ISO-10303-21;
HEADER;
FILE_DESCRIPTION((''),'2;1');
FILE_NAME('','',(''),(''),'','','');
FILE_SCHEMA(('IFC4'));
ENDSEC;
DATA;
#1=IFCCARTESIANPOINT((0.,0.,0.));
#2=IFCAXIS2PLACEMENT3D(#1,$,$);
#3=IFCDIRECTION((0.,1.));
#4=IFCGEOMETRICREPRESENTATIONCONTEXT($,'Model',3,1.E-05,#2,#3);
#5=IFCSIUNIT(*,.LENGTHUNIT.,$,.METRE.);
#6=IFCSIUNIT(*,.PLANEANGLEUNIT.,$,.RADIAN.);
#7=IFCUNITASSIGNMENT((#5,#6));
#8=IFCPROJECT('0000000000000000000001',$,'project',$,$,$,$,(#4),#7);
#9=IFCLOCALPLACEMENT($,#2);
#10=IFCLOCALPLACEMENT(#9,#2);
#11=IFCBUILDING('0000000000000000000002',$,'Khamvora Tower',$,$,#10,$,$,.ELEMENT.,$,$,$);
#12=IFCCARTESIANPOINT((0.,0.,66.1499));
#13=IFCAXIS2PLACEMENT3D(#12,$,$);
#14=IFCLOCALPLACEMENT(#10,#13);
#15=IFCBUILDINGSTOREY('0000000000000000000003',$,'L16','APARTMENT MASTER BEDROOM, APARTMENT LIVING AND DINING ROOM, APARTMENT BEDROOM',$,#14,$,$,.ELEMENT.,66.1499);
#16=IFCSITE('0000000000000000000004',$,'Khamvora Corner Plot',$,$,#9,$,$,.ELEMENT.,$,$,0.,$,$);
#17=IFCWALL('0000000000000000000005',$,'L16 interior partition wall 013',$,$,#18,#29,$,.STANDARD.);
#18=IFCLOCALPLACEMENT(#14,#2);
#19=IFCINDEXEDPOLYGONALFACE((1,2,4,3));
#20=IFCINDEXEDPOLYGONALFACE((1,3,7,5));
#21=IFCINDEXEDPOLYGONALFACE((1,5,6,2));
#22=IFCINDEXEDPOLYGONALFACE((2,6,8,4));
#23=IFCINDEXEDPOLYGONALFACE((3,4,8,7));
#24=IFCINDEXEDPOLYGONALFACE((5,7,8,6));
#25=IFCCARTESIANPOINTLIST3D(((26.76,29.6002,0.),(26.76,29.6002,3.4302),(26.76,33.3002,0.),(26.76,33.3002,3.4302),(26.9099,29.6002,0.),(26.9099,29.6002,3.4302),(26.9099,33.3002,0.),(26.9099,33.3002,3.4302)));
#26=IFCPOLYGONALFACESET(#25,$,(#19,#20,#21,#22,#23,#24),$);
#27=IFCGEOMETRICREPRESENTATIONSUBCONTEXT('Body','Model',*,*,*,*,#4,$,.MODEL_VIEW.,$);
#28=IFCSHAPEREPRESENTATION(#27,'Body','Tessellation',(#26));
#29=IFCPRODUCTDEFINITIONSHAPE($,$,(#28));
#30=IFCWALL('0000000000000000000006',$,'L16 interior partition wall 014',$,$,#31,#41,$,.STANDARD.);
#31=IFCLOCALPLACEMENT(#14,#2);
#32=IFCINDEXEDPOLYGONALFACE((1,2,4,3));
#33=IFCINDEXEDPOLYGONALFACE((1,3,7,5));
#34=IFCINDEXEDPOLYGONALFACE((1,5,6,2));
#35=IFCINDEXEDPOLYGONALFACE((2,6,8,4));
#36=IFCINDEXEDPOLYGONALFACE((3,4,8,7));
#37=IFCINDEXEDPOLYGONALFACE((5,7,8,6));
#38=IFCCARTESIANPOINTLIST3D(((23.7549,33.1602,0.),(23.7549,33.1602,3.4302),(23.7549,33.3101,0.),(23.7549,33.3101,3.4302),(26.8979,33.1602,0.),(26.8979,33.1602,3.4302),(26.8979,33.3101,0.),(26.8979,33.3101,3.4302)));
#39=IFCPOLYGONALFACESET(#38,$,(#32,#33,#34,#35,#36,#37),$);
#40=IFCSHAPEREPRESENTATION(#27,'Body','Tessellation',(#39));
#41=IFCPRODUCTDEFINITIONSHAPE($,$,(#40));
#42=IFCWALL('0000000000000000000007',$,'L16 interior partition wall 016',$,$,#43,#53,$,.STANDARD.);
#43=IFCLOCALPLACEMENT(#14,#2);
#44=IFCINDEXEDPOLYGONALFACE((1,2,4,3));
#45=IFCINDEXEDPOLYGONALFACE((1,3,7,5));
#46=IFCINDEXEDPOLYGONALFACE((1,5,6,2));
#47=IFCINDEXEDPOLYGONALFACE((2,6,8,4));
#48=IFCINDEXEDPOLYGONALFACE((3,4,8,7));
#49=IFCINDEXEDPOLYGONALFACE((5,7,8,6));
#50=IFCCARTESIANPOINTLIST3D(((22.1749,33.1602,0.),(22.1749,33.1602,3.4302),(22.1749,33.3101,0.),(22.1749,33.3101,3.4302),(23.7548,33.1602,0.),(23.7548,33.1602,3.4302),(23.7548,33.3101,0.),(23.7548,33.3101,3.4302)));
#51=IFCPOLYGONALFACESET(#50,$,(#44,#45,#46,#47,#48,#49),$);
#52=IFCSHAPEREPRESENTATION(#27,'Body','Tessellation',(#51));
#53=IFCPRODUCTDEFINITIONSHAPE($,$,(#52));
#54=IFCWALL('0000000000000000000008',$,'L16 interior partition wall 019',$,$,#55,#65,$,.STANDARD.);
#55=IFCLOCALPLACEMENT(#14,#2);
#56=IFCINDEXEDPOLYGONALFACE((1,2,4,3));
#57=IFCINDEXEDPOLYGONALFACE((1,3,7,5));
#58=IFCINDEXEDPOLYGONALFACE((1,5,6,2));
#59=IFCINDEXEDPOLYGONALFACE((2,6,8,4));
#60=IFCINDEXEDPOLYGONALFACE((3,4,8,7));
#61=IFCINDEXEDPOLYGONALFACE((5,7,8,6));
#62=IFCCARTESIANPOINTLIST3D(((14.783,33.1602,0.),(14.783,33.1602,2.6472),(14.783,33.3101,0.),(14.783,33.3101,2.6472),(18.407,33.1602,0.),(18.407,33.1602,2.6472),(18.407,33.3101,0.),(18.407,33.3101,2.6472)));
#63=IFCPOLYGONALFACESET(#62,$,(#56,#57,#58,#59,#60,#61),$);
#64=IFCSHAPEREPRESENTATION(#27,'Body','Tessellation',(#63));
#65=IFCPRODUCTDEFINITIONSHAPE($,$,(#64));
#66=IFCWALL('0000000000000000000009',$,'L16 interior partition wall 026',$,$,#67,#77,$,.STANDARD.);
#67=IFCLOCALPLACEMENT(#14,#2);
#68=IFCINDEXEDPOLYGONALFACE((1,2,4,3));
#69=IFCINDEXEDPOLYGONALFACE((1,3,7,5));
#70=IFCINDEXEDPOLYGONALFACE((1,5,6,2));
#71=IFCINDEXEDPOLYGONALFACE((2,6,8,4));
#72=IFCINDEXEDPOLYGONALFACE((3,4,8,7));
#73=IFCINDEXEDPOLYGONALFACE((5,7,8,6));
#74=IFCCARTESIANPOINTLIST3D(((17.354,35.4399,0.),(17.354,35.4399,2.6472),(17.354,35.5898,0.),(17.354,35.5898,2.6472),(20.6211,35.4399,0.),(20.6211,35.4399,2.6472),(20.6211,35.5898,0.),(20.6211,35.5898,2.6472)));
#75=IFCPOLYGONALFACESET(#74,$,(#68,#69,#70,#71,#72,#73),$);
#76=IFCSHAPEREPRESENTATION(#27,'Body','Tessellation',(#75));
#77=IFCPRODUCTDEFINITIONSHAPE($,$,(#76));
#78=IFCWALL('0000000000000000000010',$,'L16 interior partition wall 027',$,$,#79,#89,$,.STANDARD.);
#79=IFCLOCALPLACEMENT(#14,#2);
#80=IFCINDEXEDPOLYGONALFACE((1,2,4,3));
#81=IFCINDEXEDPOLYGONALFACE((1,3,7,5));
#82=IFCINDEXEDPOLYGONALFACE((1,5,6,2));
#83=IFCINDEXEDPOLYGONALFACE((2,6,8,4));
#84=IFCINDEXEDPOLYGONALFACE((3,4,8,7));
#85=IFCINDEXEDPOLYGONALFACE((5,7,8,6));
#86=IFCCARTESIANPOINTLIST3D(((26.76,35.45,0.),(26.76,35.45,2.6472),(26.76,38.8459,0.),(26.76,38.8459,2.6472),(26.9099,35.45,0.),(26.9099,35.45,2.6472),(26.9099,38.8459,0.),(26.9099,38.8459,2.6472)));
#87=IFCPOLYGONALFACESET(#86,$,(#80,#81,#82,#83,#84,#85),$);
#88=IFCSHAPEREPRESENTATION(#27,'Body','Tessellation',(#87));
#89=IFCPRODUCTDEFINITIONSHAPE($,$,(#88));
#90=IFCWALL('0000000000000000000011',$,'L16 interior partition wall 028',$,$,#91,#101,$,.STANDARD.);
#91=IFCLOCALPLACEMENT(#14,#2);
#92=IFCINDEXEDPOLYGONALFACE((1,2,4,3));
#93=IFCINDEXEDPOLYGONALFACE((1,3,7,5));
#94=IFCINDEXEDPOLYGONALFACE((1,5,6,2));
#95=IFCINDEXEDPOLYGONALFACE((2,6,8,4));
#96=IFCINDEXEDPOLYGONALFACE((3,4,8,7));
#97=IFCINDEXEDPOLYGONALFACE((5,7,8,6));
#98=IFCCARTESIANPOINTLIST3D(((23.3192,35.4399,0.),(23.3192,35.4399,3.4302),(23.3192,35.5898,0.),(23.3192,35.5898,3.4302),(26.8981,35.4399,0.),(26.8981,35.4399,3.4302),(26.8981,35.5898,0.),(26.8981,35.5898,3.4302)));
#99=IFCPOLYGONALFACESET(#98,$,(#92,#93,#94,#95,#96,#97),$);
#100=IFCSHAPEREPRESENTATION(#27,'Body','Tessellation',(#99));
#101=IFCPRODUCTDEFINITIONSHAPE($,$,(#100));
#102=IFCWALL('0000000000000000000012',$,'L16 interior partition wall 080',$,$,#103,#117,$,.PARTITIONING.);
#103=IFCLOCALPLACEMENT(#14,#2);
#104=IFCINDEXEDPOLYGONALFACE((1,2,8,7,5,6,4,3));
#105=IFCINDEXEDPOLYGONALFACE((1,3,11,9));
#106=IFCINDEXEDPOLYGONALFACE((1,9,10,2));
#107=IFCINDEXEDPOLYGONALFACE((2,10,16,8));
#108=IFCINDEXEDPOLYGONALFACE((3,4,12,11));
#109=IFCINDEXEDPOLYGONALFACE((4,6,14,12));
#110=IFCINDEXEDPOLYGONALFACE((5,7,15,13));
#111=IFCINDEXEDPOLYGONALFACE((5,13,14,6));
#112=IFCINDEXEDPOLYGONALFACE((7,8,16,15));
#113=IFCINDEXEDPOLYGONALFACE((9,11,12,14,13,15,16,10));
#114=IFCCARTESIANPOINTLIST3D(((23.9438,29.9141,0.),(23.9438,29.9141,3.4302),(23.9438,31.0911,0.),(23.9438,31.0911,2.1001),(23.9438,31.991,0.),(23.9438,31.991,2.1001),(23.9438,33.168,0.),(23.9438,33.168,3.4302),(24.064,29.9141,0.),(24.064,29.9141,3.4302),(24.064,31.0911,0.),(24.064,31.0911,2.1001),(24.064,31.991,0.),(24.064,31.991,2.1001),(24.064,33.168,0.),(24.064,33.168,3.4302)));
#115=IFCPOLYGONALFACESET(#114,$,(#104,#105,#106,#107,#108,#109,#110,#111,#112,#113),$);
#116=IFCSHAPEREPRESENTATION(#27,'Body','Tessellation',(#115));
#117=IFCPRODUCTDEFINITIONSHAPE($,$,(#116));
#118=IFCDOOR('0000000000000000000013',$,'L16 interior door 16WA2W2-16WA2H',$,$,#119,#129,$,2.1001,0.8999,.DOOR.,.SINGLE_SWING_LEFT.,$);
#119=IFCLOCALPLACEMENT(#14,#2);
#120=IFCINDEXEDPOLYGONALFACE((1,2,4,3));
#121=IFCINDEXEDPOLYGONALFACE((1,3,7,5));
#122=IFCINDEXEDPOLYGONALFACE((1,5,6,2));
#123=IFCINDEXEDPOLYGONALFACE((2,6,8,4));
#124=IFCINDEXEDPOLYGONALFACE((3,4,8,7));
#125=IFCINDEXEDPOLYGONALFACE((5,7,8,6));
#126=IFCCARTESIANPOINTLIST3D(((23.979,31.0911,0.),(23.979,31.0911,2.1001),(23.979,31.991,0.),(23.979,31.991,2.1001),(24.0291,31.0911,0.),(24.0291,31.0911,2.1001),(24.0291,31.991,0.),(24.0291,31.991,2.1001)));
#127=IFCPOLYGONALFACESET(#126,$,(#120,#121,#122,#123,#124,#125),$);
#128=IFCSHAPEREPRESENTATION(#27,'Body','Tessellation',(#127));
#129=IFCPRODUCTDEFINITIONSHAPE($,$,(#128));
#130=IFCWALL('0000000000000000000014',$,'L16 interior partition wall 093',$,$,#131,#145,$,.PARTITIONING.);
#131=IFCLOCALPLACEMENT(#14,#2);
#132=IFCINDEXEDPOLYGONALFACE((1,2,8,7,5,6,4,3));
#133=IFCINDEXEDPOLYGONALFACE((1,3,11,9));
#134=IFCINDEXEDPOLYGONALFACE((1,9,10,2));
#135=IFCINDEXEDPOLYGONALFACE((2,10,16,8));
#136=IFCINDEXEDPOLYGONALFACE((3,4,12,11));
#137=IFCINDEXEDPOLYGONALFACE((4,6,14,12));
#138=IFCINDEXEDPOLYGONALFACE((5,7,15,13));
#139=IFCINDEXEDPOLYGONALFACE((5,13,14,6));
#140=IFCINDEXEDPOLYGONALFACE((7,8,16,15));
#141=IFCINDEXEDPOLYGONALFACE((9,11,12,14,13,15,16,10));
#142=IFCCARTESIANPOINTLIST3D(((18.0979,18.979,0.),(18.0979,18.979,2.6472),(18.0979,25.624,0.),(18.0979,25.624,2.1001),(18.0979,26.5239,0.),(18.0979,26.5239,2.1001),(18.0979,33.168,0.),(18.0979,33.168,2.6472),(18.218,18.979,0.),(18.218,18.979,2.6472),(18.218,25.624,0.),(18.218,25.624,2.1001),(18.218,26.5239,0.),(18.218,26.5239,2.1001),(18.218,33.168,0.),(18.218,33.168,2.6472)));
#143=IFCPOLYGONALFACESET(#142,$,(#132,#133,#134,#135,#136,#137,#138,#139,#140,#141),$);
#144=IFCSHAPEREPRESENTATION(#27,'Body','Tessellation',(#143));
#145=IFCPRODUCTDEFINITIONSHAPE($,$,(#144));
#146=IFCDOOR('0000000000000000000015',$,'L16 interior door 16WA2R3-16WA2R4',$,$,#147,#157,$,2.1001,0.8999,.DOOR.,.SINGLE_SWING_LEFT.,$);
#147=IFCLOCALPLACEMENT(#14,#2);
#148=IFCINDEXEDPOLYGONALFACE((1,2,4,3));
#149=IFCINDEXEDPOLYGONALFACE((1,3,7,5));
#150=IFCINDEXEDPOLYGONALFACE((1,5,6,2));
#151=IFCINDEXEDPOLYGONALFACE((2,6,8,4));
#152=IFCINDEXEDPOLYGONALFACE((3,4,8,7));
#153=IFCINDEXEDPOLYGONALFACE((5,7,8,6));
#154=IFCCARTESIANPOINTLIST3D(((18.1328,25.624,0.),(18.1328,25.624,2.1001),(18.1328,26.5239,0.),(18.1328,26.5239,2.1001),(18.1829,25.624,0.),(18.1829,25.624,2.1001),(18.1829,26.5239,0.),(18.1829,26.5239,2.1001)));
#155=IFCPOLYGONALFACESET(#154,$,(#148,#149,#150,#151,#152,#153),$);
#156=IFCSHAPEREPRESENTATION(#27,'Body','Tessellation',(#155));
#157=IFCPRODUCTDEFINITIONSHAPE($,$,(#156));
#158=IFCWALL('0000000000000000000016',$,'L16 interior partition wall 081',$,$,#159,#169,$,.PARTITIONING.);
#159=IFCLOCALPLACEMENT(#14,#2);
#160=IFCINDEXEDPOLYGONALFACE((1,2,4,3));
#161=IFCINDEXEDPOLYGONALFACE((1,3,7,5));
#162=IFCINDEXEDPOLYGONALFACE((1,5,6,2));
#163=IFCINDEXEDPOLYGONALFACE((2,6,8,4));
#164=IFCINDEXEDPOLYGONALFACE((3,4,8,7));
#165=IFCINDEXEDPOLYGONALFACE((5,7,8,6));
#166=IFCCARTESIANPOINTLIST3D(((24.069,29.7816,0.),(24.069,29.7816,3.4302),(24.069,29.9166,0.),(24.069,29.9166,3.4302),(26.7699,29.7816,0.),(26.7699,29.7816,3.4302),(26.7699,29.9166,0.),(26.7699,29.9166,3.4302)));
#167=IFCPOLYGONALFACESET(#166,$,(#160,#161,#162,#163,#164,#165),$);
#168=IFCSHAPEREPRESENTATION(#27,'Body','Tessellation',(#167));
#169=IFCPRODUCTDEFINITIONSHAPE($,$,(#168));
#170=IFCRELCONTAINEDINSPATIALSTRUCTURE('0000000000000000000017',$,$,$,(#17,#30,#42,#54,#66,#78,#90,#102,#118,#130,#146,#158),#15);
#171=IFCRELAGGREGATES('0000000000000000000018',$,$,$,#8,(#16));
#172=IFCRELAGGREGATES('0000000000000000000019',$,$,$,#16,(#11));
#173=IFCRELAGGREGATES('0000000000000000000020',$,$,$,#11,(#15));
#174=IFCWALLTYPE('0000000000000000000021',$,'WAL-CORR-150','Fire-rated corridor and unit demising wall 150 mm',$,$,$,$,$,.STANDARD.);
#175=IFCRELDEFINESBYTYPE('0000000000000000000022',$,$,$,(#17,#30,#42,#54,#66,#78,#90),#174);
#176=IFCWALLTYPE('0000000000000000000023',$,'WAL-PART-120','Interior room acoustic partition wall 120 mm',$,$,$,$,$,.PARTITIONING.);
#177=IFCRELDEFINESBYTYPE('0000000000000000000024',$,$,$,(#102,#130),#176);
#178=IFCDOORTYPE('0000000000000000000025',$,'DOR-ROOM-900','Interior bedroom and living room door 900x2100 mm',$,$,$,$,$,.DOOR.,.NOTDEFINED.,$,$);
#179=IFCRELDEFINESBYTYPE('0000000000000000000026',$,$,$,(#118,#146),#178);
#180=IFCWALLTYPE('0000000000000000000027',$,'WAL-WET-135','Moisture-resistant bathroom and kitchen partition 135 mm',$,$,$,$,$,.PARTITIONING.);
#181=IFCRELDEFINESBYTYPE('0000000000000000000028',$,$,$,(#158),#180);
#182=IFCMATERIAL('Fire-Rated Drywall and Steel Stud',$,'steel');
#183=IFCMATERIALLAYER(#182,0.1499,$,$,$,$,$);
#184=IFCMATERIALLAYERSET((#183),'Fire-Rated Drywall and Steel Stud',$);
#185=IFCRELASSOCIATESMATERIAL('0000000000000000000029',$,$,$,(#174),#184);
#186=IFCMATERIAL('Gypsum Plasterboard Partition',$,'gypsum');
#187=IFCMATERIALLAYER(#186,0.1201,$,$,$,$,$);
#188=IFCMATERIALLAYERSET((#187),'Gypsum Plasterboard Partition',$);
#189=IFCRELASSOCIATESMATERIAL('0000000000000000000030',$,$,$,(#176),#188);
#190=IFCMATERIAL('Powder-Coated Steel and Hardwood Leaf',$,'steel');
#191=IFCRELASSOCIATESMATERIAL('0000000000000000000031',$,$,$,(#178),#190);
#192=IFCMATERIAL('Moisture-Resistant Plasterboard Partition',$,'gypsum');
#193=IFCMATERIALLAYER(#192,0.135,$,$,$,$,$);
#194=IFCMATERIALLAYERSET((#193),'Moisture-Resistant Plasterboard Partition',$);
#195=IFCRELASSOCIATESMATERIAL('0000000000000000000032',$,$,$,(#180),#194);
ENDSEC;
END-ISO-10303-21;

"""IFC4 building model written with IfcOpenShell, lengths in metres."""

from ifc_helpers import new_model, si_unit, direction, frame, frame_2d, origin, place, context, subcontext, project, spatial, rectangle, extrude, material, layer, layer_set, type_object, element, fill, save


model = new_model("IFC4")

# Units and contexts
model_context = context("Model", 3, precision=1e-05, world=origin(), true_north=direction((0.0, 1.0)))
body_context = subcontext(model_context, "Body", "Model", "MODEL_VIEW")
ifc_project = project(units=[si_unit("LENGTHUNIT", "METRE"), si_unit("PLANEANGLEUNIT", "RADIAN")], contexts=[model_context])

# Site, building, storey
site_placement = place(None, origin())
site = spatial("IfcSite", under=ifc_project, at=site_placement, Name="Khamvora Corner Plot", CompositionType="ELEMENT", RefElevation=0.0)
building_placement = place(site_placement, origin())
building = spatial("IfcBuilding", under=site, at=building_placement, Name="Khamvora Tower", CompositionType="ELEMENT")
storey_placement = place(building_placement, frame((0.0, 0.0, 66.1499)))
storey = spatial("IfcBuildingStorey", under=building, at=storey_placement, Name="L16", Description="APARTMENT MASTER BEDROOM, APARTMENT LIVING AND DINING ROOM, APARTMENT BEDROOM", CompositionType="ELEMENT", Elevation=66.1499)

# Walls
ifc_material_1 = material(Name="Fire-Rated Drywall and Steel Stud", Category="steel")
ifc_layer_1 = layer(ifc_material_1, 0.1499)
ifc_layer_set_1 = layer_set([ifc_layer_1], Name="Fire-Rated Drywall and Steel Stud")
wall_type_1 = type_object("IfcWallType", Name="WAL-CORR-150", Description="Fire-rated corridor and unit demising wall 150 mm", PredefinedType="STANDARD", material=ifc_layer_set_1)
wall_1_placement = place(storey_placement, frame((26.835, 29.6001, 0.0), z_axis=(0.0, 0.0, 1.0), x_axis=(0.0, 1.0, 0.0)))
element("IfcWall", 1, at=wall_1_placement, inside=storey, type_object=wall_type_1, Name="L16 interior partition wall 013", PredefinedType="STANDARD", context=body_context, shape_type="SweptSolid", body=[
    extrude(rectangle(XDim=3.7, YDim=0.1499, at=frame_2d((1.8501, 0.0))), origin(), (0.0, 0.0, 1.0), 3.4302),
])
wall_2_placement = place(storey_placement, frame((26.8979, 33.2351, 0.0), z_axis=(0.0, 0.0, 1.0), x_axis=(-1.0, 0.0, 0.0)))
element("IfcWall", 2, at=wall_2_placement, inside=storey, type_object=wall_type_1, Name="L16 interior partition wall 014", PredefinedType="STANDARD", context=body_context, shape_type="SweptSolid", body=[
    extrude(rectangle(XDim=3.1431, YDim=0.1499, at=frame_2d((1.5715, 0.0))), origin(), (0.0, 0.0, 1.0), 3.4302),
])
wall_3_placement = place(storey_placement, frame((23.7549, 33.2351, 0.0), z_axis=(0.0, 0.0, 1.0), x_axis=(-1.0, 0.0, 0.0)))
element("IfcWall", 3, at=wall_3_placement, inside=storey, type_object=wall_type_1, Name="L16 interior partition wall 016", PredefinedType="STANDARD", context=body_context, shape_type="SweptSolid", body=[
    extrude(rectangle(XDim=1.5798, YDim=0.1499, at=frame_2d((0.79, 0.0))), origin(), (0.0, 0.0, 1.0), 3.4302),
])
wall_4_placement = place(storey_placement, frame((18.407, 33.2351, 0.0), z_axis=(0.0, 0.0, 1.0), x_axis=(-1.0, 0.0, 0.0)))
element("IfcWall", 4, at=wall_4_placement, inside=storey, type_object=wall_type_1, Name="L16 interior partition wall 019", PredefinedType="STANDARD", context=body_context, shape_type="SweptSolid", body=[
    extrude(rectangle(XDim=3.624, YDim=0.1499, at=frame_2d((1.812, 0.0))), origin(), (0.0, 0.0, 1.0), 2.6472),
])

# Shared definitions
ifc_material_2 = material(Name="Powder-Coated Steel and Hardwood Leaf", Category="steel")

# Walls
wall_5_placement = place(storey_placement, frame((17.354, 35.5149, 0.0), z_axis=(0.0, 0.0, 1.0), x_axis=(1.0, 0.0, 0.0)))
element("IfcWall", 5, at=wall_5_placement, inside=storey, type_object=wall_type_1, Name="L16 interior partition wall 026", PredefinedType="STANDARD", context=body_context, shape_type="SweptSolid", body=[
    extrude(rectangle(XDim=3.2671, YDim=0.1499, at=frame_2d((1.6335, 0.0))), origin(), (0.0, 0.0, 1.0), 2.6472),
])
wall_6_placement = place(storey_placement, frame((26.835, 35.45, 0.0), z_axis=(0.0, 0.0, 1.0), x_axis=(0.0, 1.0, 0.0)))
element("IfcWall", 6, at=wall_6_placement, inside=storey, type_object=wall_type_1, Name="L16 interior partition wall 027", PredefinedType="STANDARD", context=body_context, shape_type="SweptSolid", body=[
    extrude(rectangle(XDim=3.396, YDim=0.1499, at=frame_2d((1.698, 0.0))), origin(), (0.0, 0.0, 1.0), 2.6472),
])
wall_7_placement = place(storey_placement, frame((23.3191, 35.5149, 0.0), z_axis=(0.0, 0.0, 1.0), x_axis=(1.0, 0.0, 0.0)))
element("IfcWall", 7, at=wall_7_placement, inside=storey, type_object=wall_type_1, Name="L16 interior partition wall 028", PredefinedType="STANDARD", context=body_context, shape_type="SweptSolid", body=[
    extrude(rectangle(XDim=3.5789, YDim=0.1499, at=frame_2d((1.7896, 0.0))), origin(), (0.0, 0.0, 1.0), 3.4302),
])

# Walls, openings, doors
ifc_material_3 = material(Name="Gypsum Plasterboard Partition", Category="gypsum")
ifc_layer_2 = layer(ifc_material_3, 0.1201)
ifc_layer_set_2 = layer_set([ifc_layer_2], Name="Gypsum Plasterboard Partition")
wall_type_2 = type_object("IfcWallType", Name="WAL-PART-120", Description="Interior room acoustic partition wall 120 mm", PredefinedType="PARTITIONING", material=ifc_layer_set_2)
wall_8_placement = place(storey_placement, frame((24.0039, 29.9141, 0.0), z_axis=(0.0, 0.0, 1.0), x_axis=(0.0, 1.0, 0.0)))
wall_8 = element("IfcWall", 8, at=wall_8_placement, inside=storey, type_object=wall_type_2, Name="L16 interior partition wall 080", PredefinedType="PARTITIONING", context=body_context, shape_type="SweptSolid", body=[
    extrude(rectangle(XDim=3.2539, YDim=0.1201, at=frame_2d((1.627, 0.0))), origin(), (0.0, 0.0, 1.0), 3.4302),
])
opening_1_placement = place(wall_8_placement, frame((1.177, 0.0, 0.0)))
opening_1 = element("IfcOpeningElement", 9, at=opening_1_placement, cuts=wall_8, PredefinedType="OPENING", context=body_context, shape_type="SweptSolid", body=[
    extrude(rectangle(XDim=0.8999, YDim=2.1001, at=frame_2d((0.45, 1.05))), frame((0.0, 0.0701, 0.0), z_axis=(0.0, -1.0, 0.0), x_axis=(1.0, 0.0, 0.0)), (0.0, 0.0, 1.0), 0.1401),
])
door_type_1 = type_object("IfcDoorType", Name="DOR-ROOM-900", Description="Interior bedroom and living room door 900x2100 mm", OperationType="NOTDEFINED", PredefinedType="DOOR", material=ifc_material_2)
door_1_placement = place(opening_1_placement, origin())
door_1 = element("IfcDoor", 10, at=door_1_placement, inside=storey, type_object=door_type_1, Name="L16 interior door 16WA2W2-16WA2H", OperationType="SINGLE_SWING_LEFT", OverallHeight=2.1001, OverallWidth=0.8999, PredefinedType="DOOR", context=body_context, shape_type="SweptSolid", body=[
    extrude(rectangle(XDim=0.8999, YDim=2.1001, at=frame_2d((0.45, 1.05))), frame((0.0, 0.0249, 0.0), z_axis=(0.0, -1.0, 0.0), x_axis=(1.0, 0.0, 0.0)), (0.0, 0.0, 1.0), 0.05),
])
fill(opening_1, door_1)
wall_9_placement = place(storey_placement, frame((18.158, 33.168, 0.0), z_axis=(0.0, 0.0, 1.0), x_axis=(0.0, -1.0, 0.0)))
wall_9 = element("IfcWall", 11, at=wall_9_placement, inside=storey, type_object=wall_type_2, Name="L16 interior partition wall 093", PredefinedType="PARTITIONING", context=body_context, shape_type="SweptSolid", body=[
    extrude(rectangle(XDim=14.189, YDim=0.1201, at=frame_2d((7.0945, 0.0))), origin(), (0.0, 0.0, 1.0), 2.6472),
])
opening_2_placement = place(wall_9_placement, frame((6.644, 0.0, 0.0)))
opening_2 = element("IfcOpeningElement", 12, at=opening_2_placement, cuts=wall_9, PredefinedType="OPENING", context=body_context, shape_type="SweptSolid", body=[
    extrude(rectangle(XDim=0.8999, YDim=2.1001, at=frame_2d((0.45, 1.05))), frame((0.0, 0.0701, 0.0), z_axis=(0.0, -1.0, 0.0), x_axis=(1.0, 0.0, 0.0)), (0.0, 0.0, 1.0), 0.1401),
])
door_2_placement = place(opening_2_placement, origin())
door_2 = element("IfcDoor", 13, at=door_2_placement, inside=storey, type_object=door_type_1, Name="L16 interior door 16WA2R3-16WA2R4", OperationType="SINGLE_SWING_LEFT", OverallHeight=2.1001, OverallWidth=0.8999, PredefinedType="DOOR", context=body_context, shape_type="SweptSolid", body=[
    extrude(rectangle(XDim=0.8999, YDim=2.1001, at=frame_2d((0.45, 1.05))), frame((0.0, 0.0249, 0.0), z_axis=(0.0, -1.0, 0.0), x_axis=(1.0, 0.0, 0.0)), (0.0, 0.0, 1.0), 0.05),
])
fill(opening_2, door_2)

# Wall
ifc_material_4 = material(Name="Moisture-Resistant Plasterboard Partition", Category="gypsum")
ifc_layer_3 = layer(ifc_material_4, 0.135)
ifc_layer_set_3 = layer_set([ifc_layer_3], Name="Moisture-Resistant Plasterboard Partition")
wall_type_3 = type_object("IfcWallType", Name="WAL-WET-135", Description="Moisture-resistant bathroom and kitchen partition 135 mm", PredefinedType="PARTITIONING", material=ifc_layer_set_3)
wall_10_placement = place(storey_placement, frame((26.77, 29.8491, 0.0), z_axis=(0.0, 0.0, 1.0), x_axis=(-1.0, 0.0, 0.0)))
element("IfcWall", 14, at=wall_10_placement, inside=storey, type_object=wall_type_3, Name="L16 interior partition wall 081", PredefinedType="PARTITIONING", context=body_context, shape_type="SweptSolid", body=[
    extrude(rectangle(XDim=2.7009, YDim=0.135, at=frame_2d((1.3506, 0.0))), origin(), (0.0, 0.0, 1.0), 3.4302),
])

save(model, "model.ifc")
